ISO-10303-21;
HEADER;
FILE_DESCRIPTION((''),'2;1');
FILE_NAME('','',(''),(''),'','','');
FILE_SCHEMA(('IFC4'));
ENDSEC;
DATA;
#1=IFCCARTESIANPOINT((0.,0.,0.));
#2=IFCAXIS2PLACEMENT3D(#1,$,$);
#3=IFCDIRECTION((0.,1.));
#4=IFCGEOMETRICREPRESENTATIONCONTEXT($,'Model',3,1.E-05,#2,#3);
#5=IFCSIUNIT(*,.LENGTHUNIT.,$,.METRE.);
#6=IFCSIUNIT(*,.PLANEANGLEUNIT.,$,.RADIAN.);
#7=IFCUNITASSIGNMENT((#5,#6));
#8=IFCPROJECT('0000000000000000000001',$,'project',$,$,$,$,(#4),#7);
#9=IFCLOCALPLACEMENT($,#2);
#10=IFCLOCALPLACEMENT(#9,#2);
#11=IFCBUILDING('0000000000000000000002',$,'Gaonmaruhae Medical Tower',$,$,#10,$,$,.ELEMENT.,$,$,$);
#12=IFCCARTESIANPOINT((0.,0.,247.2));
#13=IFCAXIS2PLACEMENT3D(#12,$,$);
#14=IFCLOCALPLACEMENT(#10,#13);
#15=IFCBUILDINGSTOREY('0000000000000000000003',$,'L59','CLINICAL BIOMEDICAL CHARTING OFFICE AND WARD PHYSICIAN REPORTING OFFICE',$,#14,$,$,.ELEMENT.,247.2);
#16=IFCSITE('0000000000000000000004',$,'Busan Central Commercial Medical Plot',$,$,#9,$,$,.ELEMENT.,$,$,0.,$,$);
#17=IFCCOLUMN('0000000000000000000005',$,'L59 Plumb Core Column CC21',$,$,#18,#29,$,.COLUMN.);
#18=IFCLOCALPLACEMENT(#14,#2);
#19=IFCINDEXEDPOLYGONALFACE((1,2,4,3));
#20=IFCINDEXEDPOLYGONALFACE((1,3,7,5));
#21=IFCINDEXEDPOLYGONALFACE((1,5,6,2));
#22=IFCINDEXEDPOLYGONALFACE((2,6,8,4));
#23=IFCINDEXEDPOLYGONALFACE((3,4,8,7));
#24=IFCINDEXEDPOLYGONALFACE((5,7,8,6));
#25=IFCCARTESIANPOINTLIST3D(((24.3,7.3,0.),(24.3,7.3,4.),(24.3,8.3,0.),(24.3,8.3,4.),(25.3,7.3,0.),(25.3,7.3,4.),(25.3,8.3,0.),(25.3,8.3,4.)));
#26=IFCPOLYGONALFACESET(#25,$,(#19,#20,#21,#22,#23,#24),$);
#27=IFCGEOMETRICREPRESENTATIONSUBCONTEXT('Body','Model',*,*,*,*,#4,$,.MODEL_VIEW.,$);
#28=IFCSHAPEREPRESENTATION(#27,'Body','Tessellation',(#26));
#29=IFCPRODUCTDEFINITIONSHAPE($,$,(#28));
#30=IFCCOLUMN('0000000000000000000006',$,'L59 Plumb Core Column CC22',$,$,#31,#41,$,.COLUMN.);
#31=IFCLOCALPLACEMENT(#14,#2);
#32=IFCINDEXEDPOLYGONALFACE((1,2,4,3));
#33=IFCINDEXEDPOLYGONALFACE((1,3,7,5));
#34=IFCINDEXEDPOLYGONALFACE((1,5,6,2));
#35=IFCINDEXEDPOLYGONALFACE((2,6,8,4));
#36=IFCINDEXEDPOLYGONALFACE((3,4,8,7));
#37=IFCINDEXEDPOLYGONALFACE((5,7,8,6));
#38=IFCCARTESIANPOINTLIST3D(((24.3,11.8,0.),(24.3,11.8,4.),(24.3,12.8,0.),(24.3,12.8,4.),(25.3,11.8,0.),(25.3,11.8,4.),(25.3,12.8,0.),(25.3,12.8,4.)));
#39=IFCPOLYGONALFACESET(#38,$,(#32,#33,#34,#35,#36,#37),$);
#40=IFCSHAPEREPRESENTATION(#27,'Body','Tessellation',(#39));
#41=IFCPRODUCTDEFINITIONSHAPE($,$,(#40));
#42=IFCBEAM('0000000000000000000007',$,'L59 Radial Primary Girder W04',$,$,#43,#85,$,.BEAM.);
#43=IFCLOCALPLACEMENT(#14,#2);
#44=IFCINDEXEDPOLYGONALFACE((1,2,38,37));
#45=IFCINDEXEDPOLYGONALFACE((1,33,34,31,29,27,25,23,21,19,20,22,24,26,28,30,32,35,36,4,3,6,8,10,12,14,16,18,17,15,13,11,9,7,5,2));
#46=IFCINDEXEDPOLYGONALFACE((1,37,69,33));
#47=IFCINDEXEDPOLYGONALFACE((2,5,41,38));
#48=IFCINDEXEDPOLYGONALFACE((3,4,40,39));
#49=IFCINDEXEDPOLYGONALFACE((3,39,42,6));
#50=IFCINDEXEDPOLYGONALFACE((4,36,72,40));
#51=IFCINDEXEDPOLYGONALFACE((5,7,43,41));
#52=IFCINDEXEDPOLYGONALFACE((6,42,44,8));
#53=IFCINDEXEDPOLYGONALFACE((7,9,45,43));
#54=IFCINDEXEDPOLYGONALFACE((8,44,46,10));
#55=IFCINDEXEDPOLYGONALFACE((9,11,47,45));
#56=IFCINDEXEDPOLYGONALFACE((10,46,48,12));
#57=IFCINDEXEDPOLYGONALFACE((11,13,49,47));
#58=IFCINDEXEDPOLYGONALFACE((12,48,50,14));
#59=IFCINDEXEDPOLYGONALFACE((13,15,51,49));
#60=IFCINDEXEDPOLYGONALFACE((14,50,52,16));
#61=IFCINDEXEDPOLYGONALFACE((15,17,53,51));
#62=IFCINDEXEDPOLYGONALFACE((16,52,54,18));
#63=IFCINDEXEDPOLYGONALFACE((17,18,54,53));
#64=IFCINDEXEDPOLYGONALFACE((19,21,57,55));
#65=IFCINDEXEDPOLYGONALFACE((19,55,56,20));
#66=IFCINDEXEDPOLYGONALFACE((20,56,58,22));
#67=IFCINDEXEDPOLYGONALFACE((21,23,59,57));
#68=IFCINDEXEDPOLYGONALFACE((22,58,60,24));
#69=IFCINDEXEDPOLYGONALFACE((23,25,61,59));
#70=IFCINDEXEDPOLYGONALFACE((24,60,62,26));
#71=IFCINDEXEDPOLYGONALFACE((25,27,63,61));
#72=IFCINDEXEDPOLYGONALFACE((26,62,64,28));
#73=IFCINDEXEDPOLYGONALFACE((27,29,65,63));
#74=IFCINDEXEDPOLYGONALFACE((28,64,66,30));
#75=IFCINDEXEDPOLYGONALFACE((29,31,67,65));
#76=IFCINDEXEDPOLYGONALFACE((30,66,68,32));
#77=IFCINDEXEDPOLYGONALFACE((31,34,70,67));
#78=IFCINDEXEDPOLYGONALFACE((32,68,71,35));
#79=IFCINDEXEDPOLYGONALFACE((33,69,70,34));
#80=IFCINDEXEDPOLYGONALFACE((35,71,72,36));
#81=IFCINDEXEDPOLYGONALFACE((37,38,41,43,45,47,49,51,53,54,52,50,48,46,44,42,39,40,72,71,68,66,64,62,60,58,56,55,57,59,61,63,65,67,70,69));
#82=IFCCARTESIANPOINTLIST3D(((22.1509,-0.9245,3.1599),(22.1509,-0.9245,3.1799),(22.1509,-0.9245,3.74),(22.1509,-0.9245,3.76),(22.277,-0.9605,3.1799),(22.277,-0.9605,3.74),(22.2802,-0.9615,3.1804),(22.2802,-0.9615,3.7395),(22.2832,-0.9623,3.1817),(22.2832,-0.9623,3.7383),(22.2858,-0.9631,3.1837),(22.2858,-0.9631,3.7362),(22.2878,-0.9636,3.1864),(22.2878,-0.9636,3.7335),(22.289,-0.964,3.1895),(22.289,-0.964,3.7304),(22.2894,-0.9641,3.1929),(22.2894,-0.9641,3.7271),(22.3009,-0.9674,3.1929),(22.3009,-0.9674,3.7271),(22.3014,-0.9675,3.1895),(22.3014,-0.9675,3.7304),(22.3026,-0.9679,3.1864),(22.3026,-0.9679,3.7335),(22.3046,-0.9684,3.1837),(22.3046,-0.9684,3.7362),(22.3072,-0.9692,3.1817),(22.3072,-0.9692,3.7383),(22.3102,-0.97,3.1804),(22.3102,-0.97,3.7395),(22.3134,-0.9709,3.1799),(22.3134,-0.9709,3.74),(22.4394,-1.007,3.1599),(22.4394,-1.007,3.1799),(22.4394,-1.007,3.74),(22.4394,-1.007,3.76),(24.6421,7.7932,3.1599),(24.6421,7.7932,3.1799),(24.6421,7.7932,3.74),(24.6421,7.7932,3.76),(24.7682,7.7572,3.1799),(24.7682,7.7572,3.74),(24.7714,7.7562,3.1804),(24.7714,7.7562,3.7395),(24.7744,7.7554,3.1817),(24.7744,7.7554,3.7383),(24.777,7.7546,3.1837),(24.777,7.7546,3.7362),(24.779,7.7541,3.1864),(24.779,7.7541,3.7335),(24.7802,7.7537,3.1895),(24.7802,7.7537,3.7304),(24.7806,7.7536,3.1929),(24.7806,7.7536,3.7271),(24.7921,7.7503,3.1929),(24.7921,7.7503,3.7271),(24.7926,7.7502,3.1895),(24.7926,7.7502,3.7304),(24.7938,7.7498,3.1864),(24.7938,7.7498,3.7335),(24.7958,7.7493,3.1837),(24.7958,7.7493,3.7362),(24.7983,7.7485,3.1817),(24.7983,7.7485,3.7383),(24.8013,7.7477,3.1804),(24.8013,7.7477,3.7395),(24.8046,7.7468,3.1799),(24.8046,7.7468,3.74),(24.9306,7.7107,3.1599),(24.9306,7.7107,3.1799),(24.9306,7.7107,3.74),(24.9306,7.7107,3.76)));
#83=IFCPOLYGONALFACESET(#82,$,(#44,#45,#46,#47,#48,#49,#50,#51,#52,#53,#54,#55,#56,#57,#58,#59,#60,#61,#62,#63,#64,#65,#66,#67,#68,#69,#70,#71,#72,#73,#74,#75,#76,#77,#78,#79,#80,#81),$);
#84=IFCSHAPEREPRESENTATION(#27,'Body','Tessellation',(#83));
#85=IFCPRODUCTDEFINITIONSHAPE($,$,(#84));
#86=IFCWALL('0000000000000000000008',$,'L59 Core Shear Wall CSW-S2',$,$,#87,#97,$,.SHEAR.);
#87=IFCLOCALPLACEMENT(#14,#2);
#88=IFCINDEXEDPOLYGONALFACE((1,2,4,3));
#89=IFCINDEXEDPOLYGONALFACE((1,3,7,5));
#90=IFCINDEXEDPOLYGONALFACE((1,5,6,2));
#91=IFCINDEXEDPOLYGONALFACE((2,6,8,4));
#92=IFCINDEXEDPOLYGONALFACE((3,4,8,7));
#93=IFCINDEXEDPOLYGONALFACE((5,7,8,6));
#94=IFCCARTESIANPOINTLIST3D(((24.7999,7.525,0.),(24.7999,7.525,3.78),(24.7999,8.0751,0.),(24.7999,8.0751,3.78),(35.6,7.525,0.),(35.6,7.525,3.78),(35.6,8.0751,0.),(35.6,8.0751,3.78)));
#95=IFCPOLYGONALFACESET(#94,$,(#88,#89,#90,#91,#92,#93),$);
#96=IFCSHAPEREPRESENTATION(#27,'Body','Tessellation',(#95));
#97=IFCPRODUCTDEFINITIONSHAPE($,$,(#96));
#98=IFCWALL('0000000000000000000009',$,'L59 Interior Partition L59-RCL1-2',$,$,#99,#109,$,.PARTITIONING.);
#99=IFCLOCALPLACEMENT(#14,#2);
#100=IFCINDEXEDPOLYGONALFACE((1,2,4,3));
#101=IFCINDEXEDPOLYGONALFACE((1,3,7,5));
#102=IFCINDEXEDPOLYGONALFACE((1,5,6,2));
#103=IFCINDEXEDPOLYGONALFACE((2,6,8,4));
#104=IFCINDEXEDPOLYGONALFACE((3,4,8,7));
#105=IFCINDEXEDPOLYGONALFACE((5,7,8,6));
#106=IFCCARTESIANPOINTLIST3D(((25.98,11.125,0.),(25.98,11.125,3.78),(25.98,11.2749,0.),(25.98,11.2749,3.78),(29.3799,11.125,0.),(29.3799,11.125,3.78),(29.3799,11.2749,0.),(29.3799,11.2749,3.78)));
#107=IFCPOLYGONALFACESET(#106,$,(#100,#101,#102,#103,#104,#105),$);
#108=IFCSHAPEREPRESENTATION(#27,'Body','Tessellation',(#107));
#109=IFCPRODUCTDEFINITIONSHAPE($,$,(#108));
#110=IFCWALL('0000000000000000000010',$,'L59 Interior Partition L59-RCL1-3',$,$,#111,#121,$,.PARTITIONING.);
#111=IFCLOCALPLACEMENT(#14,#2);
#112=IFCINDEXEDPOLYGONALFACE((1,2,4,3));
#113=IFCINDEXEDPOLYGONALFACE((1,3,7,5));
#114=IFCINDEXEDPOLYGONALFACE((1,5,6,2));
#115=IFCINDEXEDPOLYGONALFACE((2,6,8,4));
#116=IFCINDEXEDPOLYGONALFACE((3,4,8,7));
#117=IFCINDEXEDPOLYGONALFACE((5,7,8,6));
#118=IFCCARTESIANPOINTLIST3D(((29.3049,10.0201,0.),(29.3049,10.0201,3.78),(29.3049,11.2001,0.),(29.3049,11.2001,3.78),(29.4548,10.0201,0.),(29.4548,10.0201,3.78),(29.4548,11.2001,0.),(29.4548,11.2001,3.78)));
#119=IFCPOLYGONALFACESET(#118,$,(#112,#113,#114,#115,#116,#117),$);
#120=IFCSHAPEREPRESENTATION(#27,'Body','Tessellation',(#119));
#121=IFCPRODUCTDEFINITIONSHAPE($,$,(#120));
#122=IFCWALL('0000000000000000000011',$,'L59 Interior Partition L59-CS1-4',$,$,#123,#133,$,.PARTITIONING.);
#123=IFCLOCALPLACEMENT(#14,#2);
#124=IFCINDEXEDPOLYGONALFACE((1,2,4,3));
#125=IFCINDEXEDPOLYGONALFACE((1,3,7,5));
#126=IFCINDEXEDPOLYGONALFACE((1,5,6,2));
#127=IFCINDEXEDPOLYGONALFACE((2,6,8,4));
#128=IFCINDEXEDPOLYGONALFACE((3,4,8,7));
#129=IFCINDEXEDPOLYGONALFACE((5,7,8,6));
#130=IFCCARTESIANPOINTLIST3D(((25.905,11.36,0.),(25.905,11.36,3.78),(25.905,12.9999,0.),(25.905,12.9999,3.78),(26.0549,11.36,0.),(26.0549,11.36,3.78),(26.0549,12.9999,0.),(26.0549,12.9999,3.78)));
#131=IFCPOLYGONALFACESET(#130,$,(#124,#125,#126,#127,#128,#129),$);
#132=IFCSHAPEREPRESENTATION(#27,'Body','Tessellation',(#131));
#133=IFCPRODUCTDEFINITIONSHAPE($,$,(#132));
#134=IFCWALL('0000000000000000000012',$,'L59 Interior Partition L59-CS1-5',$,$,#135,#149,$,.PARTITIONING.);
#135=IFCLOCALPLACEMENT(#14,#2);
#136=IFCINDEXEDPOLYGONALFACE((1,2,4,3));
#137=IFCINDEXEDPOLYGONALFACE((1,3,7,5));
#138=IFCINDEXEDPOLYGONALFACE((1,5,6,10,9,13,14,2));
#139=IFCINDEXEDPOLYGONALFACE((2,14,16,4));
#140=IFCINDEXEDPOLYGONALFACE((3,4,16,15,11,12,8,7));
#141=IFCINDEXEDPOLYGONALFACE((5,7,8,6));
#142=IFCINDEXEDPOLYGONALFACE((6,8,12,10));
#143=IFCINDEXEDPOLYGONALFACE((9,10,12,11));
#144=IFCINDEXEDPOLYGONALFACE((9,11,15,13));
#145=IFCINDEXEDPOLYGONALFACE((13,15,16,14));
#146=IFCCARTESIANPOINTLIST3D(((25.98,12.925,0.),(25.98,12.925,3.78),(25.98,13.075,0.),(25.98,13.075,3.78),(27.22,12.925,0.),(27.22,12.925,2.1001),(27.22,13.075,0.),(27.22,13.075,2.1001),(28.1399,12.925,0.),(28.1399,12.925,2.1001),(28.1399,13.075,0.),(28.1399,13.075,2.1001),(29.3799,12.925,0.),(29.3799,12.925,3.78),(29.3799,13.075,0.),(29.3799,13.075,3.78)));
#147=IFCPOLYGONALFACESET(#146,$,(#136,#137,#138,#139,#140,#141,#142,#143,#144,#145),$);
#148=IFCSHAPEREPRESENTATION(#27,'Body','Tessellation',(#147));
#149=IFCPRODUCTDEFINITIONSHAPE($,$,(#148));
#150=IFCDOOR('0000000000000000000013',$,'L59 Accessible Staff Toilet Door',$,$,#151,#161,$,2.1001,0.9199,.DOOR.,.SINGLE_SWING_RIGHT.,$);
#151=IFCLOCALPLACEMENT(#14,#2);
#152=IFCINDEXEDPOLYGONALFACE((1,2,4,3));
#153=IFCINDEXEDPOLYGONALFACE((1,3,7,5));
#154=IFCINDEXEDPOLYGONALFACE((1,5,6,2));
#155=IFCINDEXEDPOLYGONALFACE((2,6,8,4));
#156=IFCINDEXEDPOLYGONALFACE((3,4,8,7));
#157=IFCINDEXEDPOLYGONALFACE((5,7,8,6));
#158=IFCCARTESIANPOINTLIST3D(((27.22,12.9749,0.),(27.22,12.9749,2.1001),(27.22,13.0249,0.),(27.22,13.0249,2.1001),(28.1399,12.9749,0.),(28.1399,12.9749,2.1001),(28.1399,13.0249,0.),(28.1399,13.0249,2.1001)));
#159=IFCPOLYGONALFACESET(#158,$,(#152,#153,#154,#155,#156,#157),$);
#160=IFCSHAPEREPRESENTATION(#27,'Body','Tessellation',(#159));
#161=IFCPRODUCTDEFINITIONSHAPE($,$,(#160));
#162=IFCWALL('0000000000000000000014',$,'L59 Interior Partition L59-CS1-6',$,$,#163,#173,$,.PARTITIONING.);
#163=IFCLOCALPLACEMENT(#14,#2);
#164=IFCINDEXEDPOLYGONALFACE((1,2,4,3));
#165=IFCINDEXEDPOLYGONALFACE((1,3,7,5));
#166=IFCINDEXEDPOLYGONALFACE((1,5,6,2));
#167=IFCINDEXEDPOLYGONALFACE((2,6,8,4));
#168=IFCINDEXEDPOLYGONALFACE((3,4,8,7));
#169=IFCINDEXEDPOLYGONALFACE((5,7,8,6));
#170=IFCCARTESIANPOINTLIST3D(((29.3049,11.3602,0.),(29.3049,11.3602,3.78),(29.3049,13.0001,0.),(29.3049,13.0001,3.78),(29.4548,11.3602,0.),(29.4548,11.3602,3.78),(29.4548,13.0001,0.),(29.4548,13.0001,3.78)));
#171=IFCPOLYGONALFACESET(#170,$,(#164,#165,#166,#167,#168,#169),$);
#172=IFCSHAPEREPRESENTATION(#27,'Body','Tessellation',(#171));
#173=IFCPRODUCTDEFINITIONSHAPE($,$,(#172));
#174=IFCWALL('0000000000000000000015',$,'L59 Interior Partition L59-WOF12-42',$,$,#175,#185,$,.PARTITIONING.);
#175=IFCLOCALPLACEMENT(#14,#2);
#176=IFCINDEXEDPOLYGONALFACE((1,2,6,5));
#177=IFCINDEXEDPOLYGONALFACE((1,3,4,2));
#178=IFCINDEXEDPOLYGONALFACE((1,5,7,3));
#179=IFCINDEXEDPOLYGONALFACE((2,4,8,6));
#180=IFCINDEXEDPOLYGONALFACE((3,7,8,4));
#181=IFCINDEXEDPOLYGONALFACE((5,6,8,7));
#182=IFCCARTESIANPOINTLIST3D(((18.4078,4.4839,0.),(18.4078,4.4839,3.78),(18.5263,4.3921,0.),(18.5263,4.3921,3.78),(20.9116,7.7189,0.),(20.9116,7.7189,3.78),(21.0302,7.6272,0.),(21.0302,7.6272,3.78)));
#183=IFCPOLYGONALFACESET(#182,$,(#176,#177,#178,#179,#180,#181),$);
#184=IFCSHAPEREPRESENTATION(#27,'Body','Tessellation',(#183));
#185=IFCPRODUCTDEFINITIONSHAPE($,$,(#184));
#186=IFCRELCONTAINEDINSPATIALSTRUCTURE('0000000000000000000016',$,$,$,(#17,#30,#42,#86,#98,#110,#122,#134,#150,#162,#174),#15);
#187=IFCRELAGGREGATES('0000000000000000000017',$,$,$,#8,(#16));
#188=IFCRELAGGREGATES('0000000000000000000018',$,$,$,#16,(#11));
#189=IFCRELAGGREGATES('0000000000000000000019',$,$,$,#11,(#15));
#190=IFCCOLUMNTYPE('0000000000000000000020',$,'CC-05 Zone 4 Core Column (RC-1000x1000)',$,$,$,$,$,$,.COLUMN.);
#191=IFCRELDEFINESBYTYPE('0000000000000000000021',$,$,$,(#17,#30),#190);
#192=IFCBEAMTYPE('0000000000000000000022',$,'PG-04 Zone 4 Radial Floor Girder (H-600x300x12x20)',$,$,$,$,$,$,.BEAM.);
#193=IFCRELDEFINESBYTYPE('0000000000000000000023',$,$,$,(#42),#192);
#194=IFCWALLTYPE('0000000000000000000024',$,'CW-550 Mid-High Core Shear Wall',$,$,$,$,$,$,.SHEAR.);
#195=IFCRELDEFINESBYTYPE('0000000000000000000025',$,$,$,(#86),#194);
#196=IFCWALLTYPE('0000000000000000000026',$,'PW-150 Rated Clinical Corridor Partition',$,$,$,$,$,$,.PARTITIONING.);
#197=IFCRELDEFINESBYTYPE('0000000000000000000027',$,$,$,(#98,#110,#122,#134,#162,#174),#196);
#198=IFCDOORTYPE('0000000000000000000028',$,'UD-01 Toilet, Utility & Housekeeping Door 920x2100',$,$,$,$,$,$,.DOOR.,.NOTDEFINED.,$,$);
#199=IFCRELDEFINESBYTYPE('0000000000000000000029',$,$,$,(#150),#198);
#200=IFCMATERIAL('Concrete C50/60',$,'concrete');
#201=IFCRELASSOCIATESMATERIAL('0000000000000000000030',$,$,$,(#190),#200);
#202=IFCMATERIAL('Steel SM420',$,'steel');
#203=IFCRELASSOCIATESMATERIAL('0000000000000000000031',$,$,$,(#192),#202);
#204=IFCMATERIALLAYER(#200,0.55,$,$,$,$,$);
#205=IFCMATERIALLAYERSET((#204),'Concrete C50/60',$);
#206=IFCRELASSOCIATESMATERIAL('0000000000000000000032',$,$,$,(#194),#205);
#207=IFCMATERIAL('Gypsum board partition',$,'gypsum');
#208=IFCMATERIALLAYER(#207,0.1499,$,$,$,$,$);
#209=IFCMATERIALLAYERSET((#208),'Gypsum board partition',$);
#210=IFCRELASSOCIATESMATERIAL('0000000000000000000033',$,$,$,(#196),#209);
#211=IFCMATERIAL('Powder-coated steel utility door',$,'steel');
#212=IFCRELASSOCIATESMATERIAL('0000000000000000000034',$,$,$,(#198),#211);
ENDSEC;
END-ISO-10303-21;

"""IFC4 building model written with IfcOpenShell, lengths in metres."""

from ifc_helpers import new_model, si_unit, direction, frame, frame_2d, origin, origin_2d, place, context, subcontext, project, spatial, rectangle, i_section, extrude, material, layer, layer_set, material_profile, profile_set, type_object, element, fill, save


model = new_model("IFC4")

# Units and contexts
model_context = context("Model", 3, precision=1e-05, world=origin(), true_north=direction((0.0, 1.0)))
body_context = subcontext(model_context, "Body", "Model", "MODEL_VIEW")
ifc_project = project(units=[si_unit("LENGTHUNIT", "METRE"), si_unit("PLANEANGLEUNIT", "RADIAN")], contexts=[model_context])

# Site, building, storey
site_placement = place(None, origin())
site = spatial("IfcSite", under=ifc_project, at=site_placement, Name="Busan Central Commercial Medical Plot", CompositionType="ELEMENT", RefElevation=0.0)
building_placement = place(site_placement, origin())
building = spatial("IfcBuilding", under=site, at=building_placement, Name="Gaonmaruhae Medical Tower", CompositionType="ELEMENT")
storey_placement = place(building_placement, frame((0.0, 0.0, 247.2)))
storey = spatial("IfcBuildingStorey", under=building, at=storey_placement, Name="L59", Description="CLINICAL BIOMEDICAL CHARTING OFFICE AND WARD PHYSICIAN REPORTING OFFICE", CompositionType="ELEMENT", Elevation=247.2)

# Columns
ifc_material_1 = material(Name="Concrete C50/60", Category="concrete")
ifc_material_profile_1 = material_profile(ifc_material_1, rectangle(XDim=1.0, YDim=1.0, at=origin_2d()), Name="RC-1000x1000")
ifc_profile_set_1 = profile_set([ifc_material_profile_1], Name="Concrete C50/60")
column_type = type_object("IfcColumnType", Name="CC-05 Zone 4 Core Column (RC-1000x1000)", PredefinedType="COLUMN", material=ifc_profile_set_1)
for number, where, z_axis, x_axis, name in (
    (1, (24.8, 7.8, 0.0), (0.0, 0.0, 1.0), (1.0, 0.0, 0.0), "L59 Plumb Core Column CC21"),
    (2, (24.8, 12.3, 0.0), (0.0, 0.0, 1.0), (1.0, 0.0, 0.0), "L59 Plumb Core Column CC22"),
):
    element("IfcColumn", number, at=place(storey_placement, frame(where, z_axis=z_axis, x_axis=x_axis)), inside=storey, type_object=column_type, Name=name, PredefinedType="COLUMN", context=body_context, shape_type="SweptSolid", body=[
        extrude(rectangle(XDim=1.0, YDim=1.0, at=origin_2d()), origin(), (0.0, 0.0, 1.0), 4.0),
    ])

# Beam
ifc_material_2 = material(Name="Steel SM420", Category="steel")
ifc_material_profile_2 = material_profile(ifc_material_2, i_section(OverallWidth=0.3, OverallDepth=0.6001, WebThickness=0.012, FlangeThickness=0.02, FilletRadius=0.0129, at=origin_2d()), Name="H-600x300x12x20")
ifc_profile_set_2 = profile_set([ifc_material_profile_2], Name="Steel SM420")
beam_type = type_object("IfcBeamType", Name="PG-04 Zone 4 Radial Floor Girder (H-600x300x12x20)", PredefinedType="BEAM", material=ifc_profile_set_2)
beam_placement = place(storey_placement, frame((24.7864, 7.752, 3.46), z_axis=(-0.274764, -0.961512, 0.0), x_axis=(0.961512, -0.274764, 0.0)))
element("IfcBeam", 3, at=beam_placement, inside=storey, type_object=beam_type, Name="L59 Radial Primary Girder W04", PredefinedType="BEAM", context=body_context, shape_type="SweptSolid", body=[
    extrude(i_section(OverallWidth=0.3, OverallDepth=0.6001, WebThickness=0.012, FlangeThickness=0.02, FilletRadius=0.0129, at=origin_2d()), origin(), (0.0, 0.0, 1.0), 9.0667),
])

# Wall
ifc_layer_1 = layer(ifc_material_1, 0.55)
ifc_layer_set_1 = layer_set([ifc_layer_1], Name="Concrete C50/60")
wall_type_1 = type_object("IfcWallType", Name="CW-550 Mid-High Core Shear Wall", PredefinedType="SHEAR", material=ifc_layer_set_1)
wall_1_placement = place(storey_placement, frame((24.8, 7.8, 0.0), z_axis=(0.0, 0.0, 1.0), x_axis=(1.0, 0.0, 0.0)))
element("IfcWall", 4, at=wall_1_placement, inside=storey, type_object=wall_type_1, Name="L59 Core Shear Wall CSW-S2", PredefinedType="SHEAR", context=body_context, shape_type="SweptSolid", body=[
    extrude(rectangle(XDim=10.8, YDim=0.55, at=frame_2d((5.3999, 0.0))), origin(), (0.0, 0.0, 1.0), 3.78),
])

# Shared definitions
ifc_material_3 = material(Name="Gypsum board partition", Category="gypsum")
ifc_layer_2 = layer(ifc_material_3, 0.1499)
ifc_layer_set_2 = layer_set([ifc_layer_2], Name="Gypsum board partition")
wall_type_2 = type_object("IfcWallType", Name="PW-150 Rated Clinical Corridor Partition", PredefinedType="PARTITIONING", material=ifc_layer_set_2)

# Walls
wall_2_placement = place(storey_placement, frame((25.98, 11.2, 0.0), z_axis=(0.0, 0.0, 1.0), x_axis=(1.0, 0.0, 0.0)))
element("IfcWall", 5, at=wall_2_placement, inside=storey, type_object=wall_type_2, Name="L59 Interior Partition L59-RCL1-2", PredefinedType="PARTITIONING", context=body_context, shape_type="SweptSolid", body=[
    extrude(rectangle(XDim=3.3999, YDim=0.1499, at=frame_2d((1.7, 0.0))), origin(), (0.0, 0.0, 1.0), 3.78),
])
wall_3_placement = place(storey_placement, frame((29.3799, 11.2, 0.0), z_axis=(0.0, 0.0, 1.0), x_axis=(0.0, -1.0, 0.0)))
element("IfcWall", 6, at=wall_3_placement, inside=storey, type_object=wall_type_2, Name="L59 Interior Partition L59-RCL1-3", PredefinedType="PARTITIONING", context=body_context, shape_type="SweptSolid", body=[
    extrude(rectangle(XDim=1.1799, YDim=0.1499, at=frame_2d((0.5898, 0.0))), origin(), (0.0, 0.0, 1.0), 3.78),
])
wall_4_placement = place(storey_placement, frame((25.98, 11.3601, 0.0), z_axis=(0.0, 0.0, 1.0), x_axis=(0.0, 1.0, 0.0)))
element("IfcWall", 7, at=wall_4_placement, inside=storey, type_object=wall_type_2, Name="L59 Interior Partition L59-CS1-4", PredefinedType="PARTITIONING", context=body_context, shape_type="SweptSolid", body=[
    extrude(rectangle(XDim=1.6399, YDim=0.1499, at=frame_2d((0.8198, 0.0))), origin(), (0.0, 0.0, 1.0), 3.78),
])

# Wall, opening, door
wall_5_placement = place(storey_placement, frame((25.98, 13.0, 0.0), z_axis=(0.0, 0.0, 1.0), x_axis=(1.0, 0.0, 0.0)))
wall_5 = element("IfcWall", 8, at=wall_5_placement, inside=storey, type_object=wall_type_2, Name="L59 Interior Partition L59-CS1-5", PredefinedType="PARTITIONING", context=body_context, shape_type="SweptSolid", body=[
    extrude(rectangle(XDim=3.3999, YDim=0.1499, at=frame_2d((1.7, 0.0))), origin(), (0.0, 0.0, 1.0), 3.78),
])
opening_1_placement = place(wall_5_placement, frame((1.24, 0.0, 0.0)))
opening_1 = element("IfcOpeningElement", 9, at=opening_1_placement, cuts=wall_5, PredefinedType="OPENING", context=body_context, shape_type="SweptSolid", body=[
    extrude(rectangle(XDim=0.9199, YDim=2.1001, at=frame_2d((0.46, 1.05))), frame((0.0, 0.085, 0.0), z_axis=(0.0, -1.0, 0.0), x_axis=(1.0, 0.0, 0.0)), (0.0, 0.0, 1.0), 0.1699),
])
ifc_material_4 = material(Name="Powder-coated steel utility door", Category="steel")
door_type_1 = type_object("IfcDoorType", Name="UD-01 Toilet, Utility & Housekeeping Door 920x2100", OperationType="NOTDEFINED", PredefinedType="DOOR", material=ifc_material_4)
door_1_placement = place(opening_1_placement, origin())
door_1 = element("IfcDoor", 10, at=door_1_placement, inside=storey, type_object=door_type_1, Name="L59 Accessible Staff Toilet Door", OperationType="SINGLE_SWING_RIGHT", OverallHeight=2.1001, OverallWidth=0.9199, PredefinedType="DOOR", context=body_context, shape_type="SweptSolid", body=[
    extrude(rectangle(XDim=0.9199, YDim=2.1001, at=frame_2d((0.46, 1.05))), frame((0.0, 0.0249, 0.0), z_axis=(0.0, -1.0, 0.0), x_axis=(1.0, 0.0, 0.0)), (0.0, 0.0, 1.0), 0.05),
])
fill(opening_1, door_1)

# Walls
wall_6_placement = place(storey_placement, frame((29.3799, 13.0, 0.0), z_axis=(0.0, 0.0, 1.0), x_axis=(0.0, -1.0, 0.0)))
element("IfcWall", 11, at=wall_6_placement, inside=storey, type_object=wall_type_2, Name="L59 Interior Partition L59-CS1-6", PredefinedType="PARTITIONING", context=body_context, shape_type="SweptSolid", body=[
    extrude(rectangle(XDim=1.6399, YDim=0.1499, at=frame_2d((0.8198, 0.0))), origin(), (0.0, 0.0, 1.0), 3.78),
])
wall_7_placement = place(storey_placement, frame((18.467, 4.438, 0.0), z_axis=(0.0, 0.0, 1.0), x_axis=(0.612067, 0.790806, 0.0)))
element("IfcWall", 12, at=wall_7_placement, inside=storey, type_object=wall_type_2, Name="L59 Interior Partition L59-WOF12-42", PredefinedType="PARTITIONING", context=body_context, shape_type="SweptSolid", body=[
    extrude(rectangle(XDim=4.0908, YDim=0.1499, at=frame_2d((2.0454, 0.0))), origin(), (0.0, 0.0, 1.0), 3.78),
])

save(model, "model.ifc")
